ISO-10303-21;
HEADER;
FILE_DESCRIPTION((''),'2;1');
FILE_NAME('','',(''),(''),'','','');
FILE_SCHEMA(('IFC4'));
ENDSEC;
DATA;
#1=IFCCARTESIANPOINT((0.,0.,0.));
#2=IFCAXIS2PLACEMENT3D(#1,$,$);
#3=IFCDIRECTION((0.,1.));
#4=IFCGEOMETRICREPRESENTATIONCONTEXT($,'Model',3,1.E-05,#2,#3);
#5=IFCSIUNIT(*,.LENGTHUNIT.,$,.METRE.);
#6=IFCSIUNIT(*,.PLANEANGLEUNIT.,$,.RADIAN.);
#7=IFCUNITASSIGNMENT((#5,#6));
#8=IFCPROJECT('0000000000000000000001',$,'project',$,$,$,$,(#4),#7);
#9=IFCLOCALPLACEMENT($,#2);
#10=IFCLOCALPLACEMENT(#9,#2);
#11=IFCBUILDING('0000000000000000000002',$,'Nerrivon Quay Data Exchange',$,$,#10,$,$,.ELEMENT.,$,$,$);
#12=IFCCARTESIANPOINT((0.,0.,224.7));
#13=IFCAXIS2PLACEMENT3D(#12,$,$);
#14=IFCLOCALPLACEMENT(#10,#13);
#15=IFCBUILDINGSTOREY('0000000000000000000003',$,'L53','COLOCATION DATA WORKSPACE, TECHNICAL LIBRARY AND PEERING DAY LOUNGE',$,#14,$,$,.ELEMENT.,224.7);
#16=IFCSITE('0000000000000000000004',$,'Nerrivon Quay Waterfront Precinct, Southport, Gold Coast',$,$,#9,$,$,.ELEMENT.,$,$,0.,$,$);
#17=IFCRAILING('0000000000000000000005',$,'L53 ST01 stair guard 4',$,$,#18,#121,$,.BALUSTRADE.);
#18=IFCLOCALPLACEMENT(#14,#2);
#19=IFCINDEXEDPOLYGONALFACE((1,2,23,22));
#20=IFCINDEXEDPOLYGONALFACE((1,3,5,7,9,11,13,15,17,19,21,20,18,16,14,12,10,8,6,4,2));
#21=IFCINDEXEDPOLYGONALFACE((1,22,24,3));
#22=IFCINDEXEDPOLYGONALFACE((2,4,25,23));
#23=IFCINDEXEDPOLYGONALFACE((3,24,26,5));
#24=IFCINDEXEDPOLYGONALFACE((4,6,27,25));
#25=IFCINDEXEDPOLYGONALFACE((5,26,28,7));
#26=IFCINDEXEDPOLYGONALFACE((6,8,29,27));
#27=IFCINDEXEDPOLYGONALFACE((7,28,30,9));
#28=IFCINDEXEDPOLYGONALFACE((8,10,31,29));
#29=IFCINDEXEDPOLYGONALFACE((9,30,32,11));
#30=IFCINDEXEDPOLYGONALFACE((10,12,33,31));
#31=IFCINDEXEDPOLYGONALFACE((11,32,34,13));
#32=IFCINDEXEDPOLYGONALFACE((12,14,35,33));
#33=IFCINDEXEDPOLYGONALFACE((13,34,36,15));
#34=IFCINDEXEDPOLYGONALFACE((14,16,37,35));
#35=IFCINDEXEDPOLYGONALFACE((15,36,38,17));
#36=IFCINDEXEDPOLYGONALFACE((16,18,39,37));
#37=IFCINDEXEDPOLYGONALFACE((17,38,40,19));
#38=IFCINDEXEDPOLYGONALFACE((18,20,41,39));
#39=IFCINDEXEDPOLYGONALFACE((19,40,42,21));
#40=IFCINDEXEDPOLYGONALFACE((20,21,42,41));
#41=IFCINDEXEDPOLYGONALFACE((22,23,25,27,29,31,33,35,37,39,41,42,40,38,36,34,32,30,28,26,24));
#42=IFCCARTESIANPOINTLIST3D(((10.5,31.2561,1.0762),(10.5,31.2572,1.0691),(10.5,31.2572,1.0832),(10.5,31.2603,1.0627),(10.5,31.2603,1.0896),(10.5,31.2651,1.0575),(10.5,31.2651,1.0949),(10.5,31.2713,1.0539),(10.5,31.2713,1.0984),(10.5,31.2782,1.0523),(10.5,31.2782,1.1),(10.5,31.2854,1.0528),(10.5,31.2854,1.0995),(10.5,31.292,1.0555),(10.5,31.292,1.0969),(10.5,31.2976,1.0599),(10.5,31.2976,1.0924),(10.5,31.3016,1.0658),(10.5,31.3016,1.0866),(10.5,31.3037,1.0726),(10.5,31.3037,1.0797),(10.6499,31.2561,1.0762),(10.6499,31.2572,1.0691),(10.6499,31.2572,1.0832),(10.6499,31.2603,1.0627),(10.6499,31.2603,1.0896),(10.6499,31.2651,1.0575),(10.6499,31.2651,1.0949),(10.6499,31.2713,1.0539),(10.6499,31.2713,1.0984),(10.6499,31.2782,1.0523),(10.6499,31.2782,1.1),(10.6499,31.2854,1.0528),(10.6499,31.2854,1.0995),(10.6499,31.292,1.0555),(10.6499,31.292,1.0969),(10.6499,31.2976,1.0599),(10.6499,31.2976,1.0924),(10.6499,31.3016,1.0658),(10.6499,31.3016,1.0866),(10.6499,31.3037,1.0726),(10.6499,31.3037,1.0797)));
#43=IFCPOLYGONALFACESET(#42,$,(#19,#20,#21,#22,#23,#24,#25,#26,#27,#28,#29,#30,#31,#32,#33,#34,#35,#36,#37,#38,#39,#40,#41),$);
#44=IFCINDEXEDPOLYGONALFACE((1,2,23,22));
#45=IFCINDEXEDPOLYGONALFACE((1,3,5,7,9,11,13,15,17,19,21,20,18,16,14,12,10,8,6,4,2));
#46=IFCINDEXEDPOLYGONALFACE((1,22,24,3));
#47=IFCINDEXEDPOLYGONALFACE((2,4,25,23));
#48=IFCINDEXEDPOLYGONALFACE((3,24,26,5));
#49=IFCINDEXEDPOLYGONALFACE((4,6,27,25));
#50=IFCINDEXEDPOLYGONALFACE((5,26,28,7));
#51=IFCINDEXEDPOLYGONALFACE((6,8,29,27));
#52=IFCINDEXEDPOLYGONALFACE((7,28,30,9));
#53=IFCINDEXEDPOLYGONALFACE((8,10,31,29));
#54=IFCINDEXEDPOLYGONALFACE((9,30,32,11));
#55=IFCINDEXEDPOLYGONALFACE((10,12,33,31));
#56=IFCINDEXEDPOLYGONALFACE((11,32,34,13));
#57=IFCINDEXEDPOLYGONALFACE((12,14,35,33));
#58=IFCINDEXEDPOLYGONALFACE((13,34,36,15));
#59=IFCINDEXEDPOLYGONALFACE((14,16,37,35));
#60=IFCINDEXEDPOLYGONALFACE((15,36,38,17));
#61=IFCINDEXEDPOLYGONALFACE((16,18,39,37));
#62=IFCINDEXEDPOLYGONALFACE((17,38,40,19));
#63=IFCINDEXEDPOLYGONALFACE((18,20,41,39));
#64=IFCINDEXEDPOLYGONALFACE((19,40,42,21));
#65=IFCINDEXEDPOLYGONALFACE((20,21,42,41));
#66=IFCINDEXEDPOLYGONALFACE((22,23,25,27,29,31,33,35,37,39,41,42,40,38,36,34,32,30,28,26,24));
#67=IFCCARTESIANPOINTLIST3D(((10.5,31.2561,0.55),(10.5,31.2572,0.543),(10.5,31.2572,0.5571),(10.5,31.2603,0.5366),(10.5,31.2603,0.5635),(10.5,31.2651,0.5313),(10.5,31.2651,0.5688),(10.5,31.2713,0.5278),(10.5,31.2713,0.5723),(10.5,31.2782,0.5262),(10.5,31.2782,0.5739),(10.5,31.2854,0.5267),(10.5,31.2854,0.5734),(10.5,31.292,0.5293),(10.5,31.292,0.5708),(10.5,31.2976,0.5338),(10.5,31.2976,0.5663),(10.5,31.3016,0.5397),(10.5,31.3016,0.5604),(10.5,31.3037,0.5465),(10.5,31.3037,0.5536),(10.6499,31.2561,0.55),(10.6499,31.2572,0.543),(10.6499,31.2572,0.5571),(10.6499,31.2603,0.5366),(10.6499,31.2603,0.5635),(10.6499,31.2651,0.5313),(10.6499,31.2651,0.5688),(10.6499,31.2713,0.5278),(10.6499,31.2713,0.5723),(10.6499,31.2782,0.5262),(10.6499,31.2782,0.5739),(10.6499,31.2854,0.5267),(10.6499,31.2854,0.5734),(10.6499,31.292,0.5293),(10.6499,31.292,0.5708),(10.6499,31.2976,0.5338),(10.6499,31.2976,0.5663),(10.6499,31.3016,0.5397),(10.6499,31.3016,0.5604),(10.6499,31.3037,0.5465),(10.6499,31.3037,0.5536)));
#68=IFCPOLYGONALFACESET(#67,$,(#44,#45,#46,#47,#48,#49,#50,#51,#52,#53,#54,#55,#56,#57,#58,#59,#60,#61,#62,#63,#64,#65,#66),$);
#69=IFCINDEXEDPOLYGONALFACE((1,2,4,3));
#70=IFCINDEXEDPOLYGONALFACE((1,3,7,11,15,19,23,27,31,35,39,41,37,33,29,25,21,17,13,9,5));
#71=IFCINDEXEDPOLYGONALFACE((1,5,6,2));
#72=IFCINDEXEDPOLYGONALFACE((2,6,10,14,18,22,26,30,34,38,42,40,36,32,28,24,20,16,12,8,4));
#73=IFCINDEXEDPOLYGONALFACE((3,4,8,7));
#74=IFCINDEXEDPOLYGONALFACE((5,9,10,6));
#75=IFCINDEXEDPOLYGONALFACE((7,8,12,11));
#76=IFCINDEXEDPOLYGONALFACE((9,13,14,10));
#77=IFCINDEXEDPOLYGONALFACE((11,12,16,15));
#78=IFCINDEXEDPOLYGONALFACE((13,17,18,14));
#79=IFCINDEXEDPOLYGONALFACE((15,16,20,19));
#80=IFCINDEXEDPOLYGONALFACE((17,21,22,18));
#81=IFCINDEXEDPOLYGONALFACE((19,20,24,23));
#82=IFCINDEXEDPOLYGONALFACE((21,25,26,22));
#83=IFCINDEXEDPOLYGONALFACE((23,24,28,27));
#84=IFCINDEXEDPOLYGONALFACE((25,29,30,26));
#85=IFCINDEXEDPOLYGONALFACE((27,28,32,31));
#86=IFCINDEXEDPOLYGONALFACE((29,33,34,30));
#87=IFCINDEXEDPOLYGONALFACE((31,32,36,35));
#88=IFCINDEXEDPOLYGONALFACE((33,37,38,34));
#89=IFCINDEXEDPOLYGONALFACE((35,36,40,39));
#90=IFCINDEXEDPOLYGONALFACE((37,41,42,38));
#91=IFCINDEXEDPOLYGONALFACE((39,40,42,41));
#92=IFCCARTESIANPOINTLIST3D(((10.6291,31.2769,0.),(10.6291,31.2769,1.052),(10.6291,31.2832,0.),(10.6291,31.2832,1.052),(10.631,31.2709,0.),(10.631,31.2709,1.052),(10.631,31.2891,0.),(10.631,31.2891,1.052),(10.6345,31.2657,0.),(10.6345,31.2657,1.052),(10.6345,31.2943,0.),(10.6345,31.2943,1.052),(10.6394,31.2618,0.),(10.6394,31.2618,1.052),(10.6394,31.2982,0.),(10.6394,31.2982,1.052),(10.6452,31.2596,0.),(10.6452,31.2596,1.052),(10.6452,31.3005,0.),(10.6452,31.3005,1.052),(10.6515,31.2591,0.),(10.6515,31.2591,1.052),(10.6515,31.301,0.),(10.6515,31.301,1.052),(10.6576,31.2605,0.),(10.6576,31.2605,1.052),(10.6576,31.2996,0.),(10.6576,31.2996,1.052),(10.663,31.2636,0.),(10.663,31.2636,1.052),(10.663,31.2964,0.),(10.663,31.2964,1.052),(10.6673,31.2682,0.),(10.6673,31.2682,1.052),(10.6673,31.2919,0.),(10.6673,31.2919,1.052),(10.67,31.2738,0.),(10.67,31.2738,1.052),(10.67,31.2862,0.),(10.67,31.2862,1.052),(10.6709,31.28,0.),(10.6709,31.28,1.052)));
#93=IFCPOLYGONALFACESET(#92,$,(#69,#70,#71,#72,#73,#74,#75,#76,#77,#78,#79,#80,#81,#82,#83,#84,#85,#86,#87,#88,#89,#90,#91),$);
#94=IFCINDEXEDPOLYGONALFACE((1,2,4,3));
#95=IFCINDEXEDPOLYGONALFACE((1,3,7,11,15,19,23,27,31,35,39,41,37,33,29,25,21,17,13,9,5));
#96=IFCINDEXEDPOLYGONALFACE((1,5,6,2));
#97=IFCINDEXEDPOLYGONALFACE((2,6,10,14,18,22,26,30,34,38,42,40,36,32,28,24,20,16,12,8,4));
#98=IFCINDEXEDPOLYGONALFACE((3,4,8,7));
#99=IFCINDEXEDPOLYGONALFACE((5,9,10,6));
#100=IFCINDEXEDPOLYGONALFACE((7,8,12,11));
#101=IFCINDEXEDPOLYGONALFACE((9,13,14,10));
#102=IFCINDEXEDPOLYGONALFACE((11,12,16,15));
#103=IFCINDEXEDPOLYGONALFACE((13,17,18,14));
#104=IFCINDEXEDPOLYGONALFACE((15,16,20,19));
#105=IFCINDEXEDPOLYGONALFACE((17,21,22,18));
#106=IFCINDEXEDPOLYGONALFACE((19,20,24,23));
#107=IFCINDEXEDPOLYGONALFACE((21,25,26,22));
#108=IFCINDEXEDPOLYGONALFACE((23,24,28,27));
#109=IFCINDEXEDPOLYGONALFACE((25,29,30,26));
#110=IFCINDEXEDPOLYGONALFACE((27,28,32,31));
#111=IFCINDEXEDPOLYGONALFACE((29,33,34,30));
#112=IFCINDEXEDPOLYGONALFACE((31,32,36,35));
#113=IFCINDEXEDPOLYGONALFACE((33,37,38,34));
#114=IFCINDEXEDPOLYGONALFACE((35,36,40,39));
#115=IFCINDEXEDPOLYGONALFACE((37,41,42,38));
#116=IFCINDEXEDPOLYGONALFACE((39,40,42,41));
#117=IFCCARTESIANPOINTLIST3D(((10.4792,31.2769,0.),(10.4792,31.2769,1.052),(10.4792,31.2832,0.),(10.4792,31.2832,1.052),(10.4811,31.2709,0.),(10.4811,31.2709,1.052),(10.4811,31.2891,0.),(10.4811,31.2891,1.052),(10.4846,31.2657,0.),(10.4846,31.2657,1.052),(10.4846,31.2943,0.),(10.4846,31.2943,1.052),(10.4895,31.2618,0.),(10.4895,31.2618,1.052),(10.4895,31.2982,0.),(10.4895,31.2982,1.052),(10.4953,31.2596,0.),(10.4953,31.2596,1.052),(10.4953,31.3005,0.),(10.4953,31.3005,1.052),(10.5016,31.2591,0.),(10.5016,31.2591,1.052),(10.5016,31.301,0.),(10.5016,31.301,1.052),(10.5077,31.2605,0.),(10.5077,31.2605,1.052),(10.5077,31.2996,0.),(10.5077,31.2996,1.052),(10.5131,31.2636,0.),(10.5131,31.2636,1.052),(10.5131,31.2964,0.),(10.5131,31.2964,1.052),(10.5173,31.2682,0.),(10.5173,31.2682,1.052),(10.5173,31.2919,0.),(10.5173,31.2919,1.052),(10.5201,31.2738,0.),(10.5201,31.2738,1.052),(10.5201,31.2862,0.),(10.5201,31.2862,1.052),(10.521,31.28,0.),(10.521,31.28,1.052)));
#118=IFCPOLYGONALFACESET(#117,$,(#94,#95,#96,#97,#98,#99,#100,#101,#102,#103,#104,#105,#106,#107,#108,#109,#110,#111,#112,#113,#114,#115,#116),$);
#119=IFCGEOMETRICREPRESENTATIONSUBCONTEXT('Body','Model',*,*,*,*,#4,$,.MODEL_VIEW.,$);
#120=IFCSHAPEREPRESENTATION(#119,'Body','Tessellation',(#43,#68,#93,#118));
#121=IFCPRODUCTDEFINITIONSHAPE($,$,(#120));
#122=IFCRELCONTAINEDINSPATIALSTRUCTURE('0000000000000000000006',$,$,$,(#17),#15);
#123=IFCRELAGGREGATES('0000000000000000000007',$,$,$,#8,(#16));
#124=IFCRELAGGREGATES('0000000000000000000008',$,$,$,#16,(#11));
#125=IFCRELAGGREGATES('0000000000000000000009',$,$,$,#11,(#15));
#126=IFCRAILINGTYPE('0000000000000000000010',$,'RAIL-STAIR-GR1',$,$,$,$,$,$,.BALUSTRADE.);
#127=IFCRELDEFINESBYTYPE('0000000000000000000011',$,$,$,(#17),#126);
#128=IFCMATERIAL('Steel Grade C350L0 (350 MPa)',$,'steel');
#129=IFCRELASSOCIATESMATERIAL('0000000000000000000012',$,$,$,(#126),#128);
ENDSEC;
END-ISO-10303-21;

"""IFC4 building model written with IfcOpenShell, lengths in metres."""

from ifc_helpers import new_model, si_unit, direction, frame, origin, origin_2d, place, context, subcontext, project, spatial, circle, extrude, material, type_object, element, save


model = new_model("IFC4")

# Units and contexts
model_context = context("Model", 3, precision=1e-05, world=origin(), true_north=direction((0.0, 1.0)))
body_context = subcontext(model_context, "Body", "Model", "MODEL_VIEW")
ifc_project = project(units=[si_unit("LENGTHUNIT", "METRE"), si_unit("PLANEANGLEUNIT", "RADIAN")], contexts=[model_context])

# Site, building, storey
site_placement = place(None, origin())
site = spatial("IfcSite", under=ifc_project, at=site_placement, Name="Nerrivon Quay Waterfront Precinct, Southport, Gold Coast", CompositionType="ELEMENT", RefElevation=0.0)
building_placement = place(site_placement, origin())
building = spatial("IfcBuilding", under=site, at=building_placement, Name="Nerrivon Quay Data Exchange", CompositionType="ELEMENT")
storey_placement = place(building_placement, frame((0.0, 0.0, 224.7)))
storey = spatial("IfcBuildingStorey", under=building, at=storey_placement, Name="L53", Description="COLOCATION DATA WORKSPACE, TECHNICAL LIBRARY AND PEERING DAY LOUNGE", CompositionType="ELEMENT", Elevation=224.7)

# Railing
ifc_material_1 = material(Name="Steel Grade C350L0 (350 MPa)", Category="steel")
railing_type_1 = type_object("IfcRailingType", Name="RAIL-STAIR-GR1", PredefinedType="BALUSTRADE", material=ifc_material_1)
railing_1_placement = place(storey_placement, frame((10.6499, 31.28, 0.0)))
element("IfcRailing", 1, at=railing_1_placement, inside=storey, type_object=railing_type_1, Name="L53 ST01 stair guard 4", PredefinedType="BALUSTRADE", context=body_context, shape_type="SweptSolid", body=[
    extrude(circle(Radius=0.0239, at=origin_2d()), frame((0.0, 0.0, 1.0762), z_axis=(-1.0, 0.0, 0.0), x_axis=(0.0, -1.0, 0.0)), (0.0, 0.0, 1.0), 0.1499),
    extrude(circle(Radius=0.0239, at=origin_2d()), frame((0.0, 0.0, 0.55), z_axis=(-1.0, 0.0, 0.0), x_axis=(0.0, -1.0, 0.0)), (0.0, 0.0, 1.0), 0.1499),
    extrude(circle(Radius=0.021, at=origin_2d()), origin(), (0.0, 0.0, 1.0), 1.052),
    extrude(circle(Radius=0.021, at=origin_2d()), frame((-0.1499, 0.0, 0.0)), (0.0, 0.0, 1.0), 1.052),
])

save(model, "model.ifc")
